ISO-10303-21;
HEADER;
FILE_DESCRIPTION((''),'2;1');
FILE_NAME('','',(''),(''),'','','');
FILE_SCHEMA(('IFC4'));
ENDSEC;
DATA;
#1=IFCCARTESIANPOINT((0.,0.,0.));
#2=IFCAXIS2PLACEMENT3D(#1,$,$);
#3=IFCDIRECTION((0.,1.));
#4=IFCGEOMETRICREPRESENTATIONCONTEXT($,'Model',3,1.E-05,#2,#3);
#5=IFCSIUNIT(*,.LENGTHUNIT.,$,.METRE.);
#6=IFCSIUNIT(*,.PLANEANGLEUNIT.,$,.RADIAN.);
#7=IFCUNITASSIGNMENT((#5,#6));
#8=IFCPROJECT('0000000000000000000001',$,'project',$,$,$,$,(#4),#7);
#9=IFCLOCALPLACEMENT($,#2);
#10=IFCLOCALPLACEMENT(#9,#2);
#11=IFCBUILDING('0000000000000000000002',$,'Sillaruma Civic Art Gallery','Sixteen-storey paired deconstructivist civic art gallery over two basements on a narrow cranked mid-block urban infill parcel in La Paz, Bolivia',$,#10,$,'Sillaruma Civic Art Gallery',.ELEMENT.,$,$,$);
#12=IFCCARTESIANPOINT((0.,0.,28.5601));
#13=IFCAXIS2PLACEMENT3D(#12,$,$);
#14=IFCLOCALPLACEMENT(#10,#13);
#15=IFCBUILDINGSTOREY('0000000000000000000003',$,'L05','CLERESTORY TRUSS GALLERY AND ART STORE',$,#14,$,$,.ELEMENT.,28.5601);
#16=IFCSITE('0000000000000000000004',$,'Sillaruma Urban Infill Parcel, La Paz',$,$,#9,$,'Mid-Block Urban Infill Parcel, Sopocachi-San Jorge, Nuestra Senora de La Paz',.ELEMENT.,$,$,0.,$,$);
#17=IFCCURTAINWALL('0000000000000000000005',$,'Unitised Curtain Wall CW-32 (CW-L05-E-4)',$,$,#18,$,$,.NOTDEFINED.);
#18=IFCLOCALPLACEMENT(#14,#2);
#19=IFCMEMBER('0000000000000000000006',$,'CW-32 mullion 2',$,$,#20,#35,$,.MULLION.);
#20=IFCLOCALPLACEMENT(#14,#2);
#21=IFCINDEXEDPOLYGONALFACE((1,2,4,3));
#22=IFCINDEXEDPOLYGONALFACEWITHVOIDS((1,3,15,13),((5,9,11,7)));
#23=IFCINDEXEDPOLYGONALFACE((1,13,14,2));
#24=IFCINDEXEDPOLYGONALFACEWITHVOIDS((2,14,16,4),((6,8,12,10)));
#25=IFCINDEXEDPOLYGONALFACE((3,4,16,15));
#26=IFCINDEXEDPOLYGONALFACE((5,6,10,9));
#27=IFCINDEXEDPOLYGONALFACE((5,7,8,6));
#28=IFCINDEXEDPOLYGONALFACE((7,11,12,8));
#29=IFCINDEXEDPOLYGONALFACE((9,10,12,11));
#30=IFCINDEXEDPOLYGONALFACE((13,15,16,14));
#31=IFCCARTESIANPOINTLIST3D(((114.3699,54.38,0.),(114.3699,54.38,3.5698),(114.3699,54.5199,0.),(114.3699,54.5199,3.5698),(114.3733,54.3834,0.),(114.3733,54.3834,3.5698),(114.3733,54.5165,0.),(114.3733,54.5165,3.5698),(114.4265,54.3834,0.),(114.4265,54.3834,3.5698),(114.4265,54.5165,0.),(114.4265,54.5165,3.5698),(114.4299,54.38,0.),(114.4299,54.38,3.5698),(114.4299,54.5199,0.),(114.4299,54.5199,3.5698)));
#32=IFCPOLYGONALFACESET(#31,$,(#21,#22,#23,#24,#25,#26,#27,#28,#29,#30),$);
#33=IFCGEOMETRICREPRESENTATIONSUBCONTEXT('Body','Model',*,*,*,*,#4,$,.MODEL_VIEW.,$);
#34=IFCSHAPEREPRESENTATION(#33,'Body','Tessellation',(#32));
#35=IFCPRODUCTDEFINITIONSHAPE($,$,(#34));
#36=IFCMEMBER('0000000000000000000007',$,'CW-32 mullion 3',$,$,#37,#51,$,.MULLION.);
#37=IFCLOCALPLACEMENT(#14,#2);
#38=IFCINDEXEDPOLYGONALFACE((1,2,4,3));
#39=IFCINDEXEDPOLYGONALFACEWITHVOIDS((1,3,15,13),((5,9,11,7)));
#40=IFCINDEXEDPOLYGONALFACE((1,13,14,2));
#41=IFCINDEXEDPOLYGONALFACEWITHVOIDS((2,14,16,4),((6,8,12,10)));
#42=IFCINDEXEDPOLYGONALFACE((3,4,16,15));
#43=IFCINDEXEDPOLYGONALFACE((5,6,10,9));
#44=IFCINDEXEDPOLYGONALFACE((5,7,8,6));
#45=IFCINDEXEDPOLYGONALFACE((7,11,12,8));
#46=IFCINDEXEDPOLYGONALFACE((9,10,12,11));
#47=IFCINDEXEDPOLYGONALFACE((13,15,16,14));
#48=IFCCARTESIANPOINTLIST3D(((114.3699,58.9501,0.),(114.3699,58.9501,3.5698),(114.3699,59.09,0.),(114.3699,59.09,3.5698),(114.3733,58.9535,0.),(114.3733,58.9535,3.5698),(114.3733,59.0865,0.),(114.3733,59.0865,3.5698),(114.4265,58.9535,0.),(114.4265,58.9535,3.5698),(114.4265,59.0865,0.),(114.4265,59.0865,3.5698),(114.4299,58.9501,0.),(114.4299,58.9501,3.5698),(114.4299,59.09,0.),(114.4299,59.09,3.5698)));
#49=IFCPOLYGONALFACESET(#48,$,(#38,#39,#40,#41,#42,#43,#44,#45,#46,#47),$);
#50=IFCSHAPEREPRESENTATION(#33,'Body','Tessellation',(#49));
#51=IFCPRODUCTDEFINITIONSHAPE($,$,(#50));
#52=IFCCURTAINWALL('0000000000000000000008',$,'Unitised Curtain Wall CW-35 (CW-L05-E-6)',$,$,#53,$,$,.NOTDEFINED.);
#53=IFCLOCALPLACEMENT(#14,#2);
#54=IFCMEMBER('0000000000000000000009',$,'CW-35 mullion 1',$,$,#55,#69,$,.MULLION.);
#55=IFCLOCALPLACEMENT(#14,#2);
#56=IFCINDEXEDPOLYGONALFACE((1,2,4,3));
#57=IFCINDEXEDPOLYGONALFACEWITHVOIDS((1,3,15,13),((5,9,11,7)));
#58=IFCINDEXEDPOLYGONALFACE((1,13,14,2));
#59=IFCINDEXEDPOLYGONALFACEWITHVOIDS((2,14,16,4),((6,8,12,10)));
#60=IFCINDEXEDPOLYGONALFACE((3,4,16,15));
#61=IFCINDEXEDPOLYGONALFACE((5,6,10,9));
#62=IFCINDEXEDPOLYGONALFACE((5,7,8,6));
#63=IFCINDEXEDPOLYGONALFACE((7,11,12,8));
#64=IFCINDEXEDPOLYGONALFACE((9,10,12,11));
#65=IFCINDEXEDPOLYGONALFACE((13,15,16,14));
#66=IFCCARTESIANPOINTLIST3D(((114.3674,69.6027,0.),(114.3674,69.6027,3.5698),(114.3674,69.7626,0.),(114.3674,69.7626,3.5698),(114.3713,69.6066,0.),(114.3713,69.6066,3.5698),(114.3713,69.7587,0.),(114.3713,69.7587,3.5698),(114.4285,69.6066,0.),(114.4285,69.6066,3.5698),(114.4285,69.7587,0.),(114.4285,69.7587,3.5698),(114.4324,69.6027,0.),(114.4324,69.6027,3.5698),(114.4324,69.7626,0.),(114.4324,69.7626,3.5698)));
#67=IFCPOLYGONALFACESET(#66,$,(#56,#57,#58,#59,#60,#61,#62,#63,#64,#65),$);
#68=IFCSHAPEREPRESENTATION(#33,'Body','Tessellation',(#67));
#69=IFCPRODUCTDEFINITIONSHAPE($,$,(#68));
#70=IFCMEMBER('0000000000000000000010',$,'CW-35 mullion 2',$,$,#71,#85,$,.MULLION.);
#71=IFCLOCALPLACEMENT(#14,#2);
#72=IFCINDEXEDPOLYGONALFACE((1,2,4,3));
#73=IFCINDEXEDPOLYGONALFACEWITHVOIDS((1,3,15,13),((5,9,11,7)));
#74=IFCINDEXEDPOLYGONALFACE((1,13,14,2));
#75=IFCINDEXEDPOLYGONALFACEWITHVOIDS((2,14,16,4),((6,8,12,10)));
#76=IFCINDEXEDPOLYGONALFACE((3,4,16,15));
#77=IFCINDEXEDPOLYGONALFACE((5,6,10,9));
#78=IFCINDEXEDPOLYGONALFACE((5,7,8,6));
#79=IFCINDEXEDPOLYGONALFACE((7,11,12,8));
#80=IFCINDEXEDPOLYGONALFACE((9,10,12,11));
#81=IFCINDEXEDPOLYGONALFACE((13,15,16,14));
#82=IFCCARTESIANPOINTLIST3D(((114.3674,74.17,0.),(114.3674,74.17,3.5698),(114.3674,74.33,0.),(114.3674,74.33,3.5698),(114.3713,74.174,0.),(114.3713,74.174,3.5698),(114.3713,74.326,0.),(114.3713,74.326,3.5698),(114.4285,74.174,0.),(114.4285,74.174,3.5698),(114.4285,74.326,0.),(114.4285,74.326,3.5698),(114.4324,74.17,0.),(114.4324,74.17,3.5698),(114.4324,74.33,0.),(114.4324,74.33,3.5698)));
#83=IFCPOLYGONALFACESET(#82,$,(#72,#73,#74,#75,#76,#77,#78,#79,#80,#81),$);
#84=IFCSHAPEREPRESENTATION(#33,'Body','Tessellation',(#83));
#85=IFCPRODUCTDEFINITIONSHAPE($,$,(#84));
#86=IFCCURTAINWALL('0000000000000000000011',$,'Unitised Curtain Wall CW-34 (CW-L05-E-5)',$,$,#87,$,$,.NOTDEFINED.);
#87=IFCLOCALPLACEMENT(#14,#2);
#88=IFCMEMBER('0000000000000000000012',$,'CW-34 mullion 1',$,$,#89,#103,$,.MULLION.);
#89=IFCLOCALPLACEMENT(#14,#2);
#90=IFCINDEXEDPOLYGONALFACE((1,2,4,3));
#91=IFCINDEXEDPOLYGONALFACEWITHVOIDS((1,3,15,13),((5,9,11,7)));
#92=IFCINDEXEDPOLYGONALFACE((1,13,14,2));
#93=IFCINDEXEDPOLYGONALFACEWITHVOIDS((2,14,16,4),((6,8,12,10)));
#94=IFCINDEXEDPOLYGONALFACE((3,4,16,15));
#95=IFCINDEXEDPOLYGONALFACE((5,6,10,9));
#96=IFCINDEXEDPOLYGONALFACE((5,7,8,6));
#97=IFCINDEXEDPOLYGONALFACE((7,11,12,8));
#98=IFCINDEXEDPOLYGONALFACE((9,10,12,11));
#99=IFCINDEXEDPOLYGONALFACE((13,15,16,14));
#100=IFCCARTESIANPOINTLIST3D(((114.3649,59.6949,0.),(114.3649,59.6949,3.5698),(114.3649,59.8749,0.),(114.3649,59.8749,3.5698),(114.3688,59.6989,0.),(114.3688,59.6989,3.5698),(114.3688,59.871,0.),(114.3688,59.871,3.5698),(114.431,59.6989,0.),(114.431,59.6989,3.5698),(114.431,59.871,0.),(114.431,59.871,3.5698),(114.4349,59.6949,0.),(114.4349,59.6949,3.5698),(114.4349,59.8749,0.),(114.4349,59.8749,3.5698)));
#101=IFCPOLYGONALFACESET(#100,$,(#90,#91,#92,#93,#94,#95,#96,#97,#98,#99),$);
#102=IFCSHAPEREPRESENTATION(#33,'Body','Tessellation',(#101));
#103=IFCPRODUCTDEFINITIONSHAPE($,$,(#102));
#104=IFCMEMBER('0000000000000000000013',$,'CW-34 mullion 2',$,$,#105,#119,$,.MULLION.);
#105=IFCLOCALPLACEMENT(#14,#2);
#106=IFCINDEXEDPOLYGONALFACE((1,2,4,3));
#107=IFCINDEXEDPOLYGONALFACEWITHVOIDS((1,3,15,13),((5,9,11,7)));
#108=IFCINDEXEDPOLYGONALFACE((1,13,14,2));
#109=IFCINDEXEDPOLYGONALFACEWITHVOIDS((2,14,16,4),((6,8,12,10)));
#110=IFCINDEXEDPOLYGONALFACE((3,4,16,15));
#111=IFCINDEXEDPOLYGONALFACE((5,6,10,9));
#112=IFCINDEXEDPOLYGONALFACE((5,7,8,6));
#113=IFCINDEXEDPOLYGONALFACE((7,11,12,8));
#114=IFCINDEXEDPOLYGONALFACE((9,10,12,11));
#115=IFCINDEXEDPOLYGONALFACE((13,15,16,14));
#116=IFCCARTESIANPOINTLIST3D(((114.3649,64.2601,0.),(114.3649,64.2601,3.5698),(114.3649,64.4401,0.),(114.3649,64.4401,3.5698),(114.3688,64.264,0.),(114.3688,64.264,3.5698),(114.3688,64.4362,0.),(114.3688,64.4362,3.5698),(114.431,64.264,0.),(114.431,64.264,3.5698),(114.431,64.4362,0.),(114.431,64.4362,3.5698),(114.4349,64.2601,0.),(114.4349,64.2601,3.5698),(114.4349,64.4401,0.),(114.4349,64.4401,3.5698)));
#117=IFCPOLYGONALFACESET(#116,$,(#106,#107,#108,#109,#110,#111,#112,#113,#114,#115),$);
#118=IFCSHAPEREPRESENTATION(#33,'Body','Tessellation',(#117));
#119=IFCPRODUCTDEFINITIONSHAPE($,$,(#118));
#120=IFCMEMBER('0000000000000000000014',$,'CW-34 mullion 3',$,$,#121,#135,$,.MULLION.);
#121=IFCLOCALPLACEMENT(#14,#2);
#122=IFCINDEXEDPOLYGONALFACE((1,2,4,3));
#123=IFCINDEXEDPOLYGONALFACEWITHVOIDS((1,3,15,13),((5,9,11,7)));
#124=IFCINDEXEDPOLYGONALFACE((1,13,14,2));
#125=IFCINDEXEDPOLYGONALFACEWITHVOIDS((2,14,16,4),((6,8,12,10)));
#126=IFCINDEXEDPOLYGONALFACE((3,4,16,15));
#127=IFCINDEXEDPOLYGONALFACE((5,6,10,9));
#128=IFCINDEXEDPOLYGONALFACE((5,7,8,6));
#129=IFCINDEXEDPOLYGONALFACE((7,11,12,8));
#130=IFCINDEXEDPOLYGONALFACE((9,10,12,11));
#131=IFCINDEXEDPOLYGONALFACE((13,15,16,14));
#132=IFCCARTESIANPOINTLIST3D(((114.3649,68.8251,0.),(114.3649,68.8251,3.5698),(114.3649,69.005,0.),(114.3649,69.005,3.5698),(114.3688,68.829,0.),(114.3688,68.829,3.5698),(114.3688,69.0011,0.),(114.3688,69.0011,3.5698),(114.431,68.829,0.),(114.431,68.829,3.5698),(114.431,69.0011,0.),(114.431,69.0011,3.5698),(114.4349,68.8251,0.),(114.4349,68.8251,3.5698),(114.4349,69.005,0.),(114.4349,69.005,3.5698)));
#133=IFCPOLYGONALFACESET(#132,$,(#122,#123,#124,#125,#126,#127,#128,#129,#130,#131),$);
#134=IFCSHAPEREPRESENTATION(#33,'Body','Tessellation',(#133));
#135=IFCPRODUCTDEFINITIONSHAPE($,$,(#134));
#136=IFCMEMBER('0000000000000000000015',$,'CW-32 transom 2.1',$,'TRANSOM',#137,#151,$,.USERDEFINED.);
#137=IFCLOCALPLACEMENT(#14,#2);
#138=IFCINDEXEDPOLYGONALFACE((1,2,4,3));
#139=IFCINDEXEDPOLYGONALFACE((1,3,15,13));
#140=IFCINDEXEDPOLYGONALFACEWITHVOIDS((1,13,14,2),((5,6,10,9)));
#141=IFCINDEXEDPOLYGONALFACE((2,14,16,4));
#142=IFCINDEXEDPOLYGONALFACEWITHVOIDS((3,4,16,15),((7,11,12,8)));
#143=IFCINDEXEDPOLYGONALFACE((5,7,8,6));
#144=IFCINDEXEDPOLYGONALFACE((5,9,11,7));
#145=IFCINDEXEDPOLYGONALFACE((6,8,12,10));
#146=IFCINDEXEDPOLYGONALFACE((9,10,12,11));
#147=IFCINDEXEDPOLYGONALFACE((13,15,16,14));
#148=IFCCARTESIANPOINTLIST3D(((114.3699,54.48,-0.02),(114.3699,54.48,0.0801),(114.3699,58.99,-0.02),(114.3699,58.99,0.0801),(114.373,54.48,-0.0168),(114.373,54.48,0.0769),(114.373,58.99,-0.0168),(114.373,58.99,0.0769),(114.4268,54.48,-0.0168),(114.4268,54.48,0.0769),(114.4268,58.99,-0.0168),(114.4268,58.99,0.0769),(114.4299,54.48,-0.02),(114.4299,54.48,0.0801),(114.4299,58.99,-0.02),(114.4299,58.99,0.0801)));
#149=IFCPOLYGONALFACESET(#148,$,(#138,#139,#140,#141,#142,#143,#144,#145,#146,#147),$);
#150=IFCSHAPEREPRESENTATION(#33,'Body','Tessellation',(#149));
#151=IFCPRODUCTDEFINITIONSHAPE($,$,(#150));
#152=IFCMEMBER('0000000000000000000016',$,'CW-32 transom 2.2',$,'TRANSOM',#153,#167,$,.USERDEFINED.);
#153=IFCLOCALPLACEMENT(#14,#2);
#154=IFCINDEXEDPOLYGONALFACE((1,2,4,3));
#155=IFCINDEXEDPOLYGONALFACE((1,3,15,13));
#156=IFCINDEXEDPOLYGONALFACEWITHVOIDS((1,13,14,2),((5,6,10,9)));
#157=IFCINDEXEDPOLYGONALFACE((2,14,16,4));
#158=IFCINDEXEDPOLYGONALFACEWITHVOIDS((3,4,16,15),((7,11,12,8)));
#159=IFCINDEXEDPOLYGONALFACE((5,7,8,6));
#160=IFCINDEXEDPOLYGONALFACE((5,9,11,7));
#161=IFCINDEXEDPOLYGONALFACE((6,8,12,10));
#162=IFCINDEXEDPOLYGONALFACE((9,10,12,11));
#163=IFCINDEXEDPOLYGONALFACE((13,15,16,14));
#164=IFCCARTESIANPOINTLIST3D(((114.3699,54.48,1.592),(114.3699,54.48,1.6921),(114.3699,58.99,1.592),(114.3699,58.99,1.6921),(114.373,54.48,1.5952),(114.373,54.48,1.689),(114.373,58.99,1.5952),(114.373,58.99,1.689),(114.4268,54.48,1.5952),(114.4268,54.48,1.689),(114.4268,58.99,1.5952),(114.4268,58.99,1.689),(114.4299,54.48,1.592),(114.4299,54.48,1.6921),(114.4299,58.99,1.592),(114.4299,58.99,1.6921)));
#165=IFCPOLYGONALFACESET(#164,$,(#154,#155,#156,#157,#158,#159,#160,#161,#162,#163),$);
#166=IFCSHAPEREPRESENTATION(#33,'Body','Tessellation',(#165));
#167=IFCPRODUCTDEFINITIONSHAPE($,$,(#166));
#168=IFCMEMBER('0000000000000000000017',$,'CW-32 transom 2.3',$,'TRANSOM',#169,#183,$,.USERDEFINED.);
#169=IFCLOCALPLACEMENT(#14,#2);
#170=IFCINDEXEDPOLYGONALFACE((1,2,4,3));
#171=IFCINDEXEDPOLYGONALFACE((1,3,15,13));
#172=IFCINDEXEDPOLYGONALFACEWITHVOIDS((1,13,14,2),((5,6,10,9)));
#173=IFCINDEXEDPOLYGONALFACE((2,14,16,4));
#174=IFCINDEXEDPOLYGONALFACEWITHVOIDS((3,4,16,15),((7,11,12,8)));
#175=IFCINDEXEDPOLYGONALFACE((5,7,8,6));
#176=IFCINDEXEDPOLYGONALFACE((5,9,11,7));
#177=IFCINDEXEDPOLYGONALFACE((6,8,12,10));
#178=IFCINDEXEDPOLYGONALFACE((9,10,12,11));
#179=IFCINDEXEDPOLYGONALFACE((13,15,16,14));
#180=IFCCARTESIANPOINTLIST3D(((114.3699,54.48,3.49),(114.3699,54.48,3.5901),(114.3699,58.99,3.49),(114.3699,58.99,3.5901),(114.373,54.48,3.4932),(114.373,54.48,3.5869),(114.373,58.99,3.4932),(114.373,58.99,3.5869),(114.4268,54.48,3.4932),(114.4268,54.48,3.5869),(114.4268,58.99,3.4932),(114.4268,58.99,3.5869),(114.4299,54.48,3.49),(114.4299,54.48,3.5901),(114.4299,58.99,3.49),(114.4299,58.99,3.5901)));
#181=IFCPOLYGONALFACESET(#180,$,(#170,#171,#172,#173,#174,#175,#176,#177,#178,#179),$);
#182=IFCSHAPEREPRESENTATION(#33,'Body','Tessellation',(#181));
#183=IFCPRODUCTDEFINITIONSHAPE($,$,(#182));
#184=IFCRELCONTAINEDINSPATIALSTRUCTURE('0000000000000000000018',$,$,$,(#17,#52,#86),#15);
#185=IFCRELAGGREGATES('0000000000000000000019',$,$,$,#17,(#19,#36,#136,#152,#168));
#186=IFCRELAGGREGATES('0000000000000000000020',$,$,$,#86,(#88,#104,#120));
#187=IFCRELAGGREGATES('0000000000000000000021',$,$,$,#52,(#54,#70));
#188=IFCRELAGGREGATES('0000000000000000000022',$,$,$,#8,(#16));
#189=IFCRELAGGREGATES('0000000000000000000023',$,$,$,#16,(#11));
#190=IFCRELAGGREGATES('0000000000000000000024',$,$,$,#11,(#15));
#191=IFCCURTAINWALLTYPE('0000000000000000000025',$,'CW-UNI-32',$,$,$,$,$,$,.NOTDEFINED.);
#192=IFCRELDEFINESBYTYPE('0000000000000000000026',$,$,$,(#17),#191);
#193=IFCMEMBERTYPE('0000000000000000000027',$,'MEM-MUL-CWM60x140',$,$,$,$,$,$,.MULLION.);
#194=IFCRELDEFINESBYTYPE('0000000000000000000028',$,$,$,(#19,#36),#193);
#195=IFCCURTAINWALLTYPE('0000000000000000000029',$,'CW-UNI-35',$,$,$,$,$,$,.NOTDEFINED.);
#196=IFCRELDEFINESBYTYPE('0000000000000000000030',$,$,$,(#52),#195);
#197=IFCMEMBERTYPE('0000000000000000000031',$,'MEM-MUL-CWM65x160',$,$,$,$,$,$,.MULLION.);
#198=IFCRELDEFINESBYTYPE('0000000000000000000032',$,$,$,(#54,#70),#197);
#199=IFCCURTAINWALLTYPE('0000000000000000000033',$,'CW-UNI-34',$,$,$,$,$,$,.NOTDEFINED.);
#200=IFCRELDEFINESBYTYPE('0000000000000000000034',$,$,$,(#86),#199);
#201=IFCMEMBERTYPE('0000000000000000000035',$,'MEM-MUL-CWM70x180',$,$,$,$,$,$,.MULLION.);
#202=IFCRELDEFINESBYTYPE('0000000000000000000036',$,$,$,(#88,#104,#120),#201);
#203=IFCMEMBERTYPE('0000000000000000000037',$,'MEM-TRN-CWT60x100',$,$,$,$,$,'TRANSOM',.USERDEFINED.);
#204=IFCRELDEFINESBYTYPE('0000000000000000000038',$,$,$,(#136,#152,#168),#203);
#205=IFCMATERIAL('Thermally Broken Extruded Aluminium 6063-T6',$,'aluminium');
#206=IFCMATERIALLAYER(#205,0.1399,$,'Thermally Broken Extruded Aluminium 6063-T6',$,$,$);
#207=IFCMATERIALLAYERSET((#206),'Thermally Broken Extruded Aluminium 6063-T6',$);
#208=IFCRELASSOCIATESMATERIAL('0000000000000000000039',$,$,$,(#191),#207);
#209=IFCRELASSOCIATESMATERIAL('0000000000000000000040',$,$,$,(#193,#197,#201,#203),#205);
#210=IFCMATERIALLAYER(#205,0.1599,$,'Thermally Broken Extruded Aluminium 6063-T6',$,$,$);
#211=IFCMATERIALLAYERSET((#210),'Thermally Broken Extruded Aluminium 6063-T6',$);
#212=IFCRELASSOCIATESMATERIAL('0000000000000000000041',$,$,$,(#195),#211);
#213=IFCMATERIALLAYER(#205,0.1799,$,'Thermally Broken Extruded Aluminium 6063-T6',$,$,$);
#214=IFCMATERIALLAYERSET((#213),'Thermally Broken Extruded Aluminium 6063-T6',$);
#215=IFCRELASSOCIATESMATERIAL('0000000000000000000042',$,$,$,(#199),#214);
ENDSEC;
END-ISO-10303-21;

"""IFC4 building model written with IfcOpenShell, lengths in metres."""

from ifc_helpers import new_model, si_unit, direction, frame, origin, origin_2d, place, context, subcontext, project, spatial, hollow_rectangle, extrude, material, layer, layer_set, material_profile, profile_set, type_object, element, aggregate, save


model = new_model("IFC4")

# Units and contexts
model_context = context("Model", 3, precision=1e-05, world=origin(), true_north=direction((0.0, 1.0)))
body_context = subcontext(model_context, "Body", "Model", "MODEL_VIEW")
ifc_project = project(units=[si_unit("LENGTHUNIT", "METRE"), si_unit("PLANEANGLEUNIT", "RADIAN")], contexts=[model_context])

# Site, building, storey
site_placement = place(None, origin())
site = spatial("IfcSite", under=ifc_project, at=site_placement, Name="Sillaruma Urban Infill Parcel, La Paz", LongName="Mid-Block Urban Infill Parcel, Sopocachi-San Jorge, Nuestra Senora de La Paz", CompositionType="ELEMENT", RefElevation=0.0)
building_placement = place(site_placement, origin())
building = spatial("IfcBuilding", under=site, at=building_placement, Name="Sillaruma Civic Art Gallery", Description="Sixteen-storey paired deconstructivist civic art gallery over two basements on a narrow cranked mid-block urban infill parcel in La Paz, Bolivia", LongName="Sillaruma Civic Art Gallery", CompositionType="ELEMENT")
storey_placement = place(building_placement, frame((0.0, 0.0, 28.5601)))
storey = spatial("IfcBuildingStorey", under=building, at=storey_placement, Name="L05", Description="CLERESTORY TRUSS GALLERY AND ART STORE", CompositionType="ELEMENT", Elevation=28.5601)

# Curtain walls, members
ifc_material_1 = material(Name="Thermally Broken Extruded Aluminium 6063-T6", Category="aluminium")
ifc_layer_1 = layer(ifc_material_1, 0.1399, Name="Thermally Broken Extruded Aluminium 6063-T6")
ifc_layer_set_1 = layer_set([ifc_layer_1], Name="Thermally Broken Extruded Aluminium 6063-T6")
curtain_wall_type_1 = type_object("IfcCurtainWallType", Name="CW-UNI-32", PredefinedType="NOTDEFINED", material=ifc_layer_set_1)
curtain_wall_1_placement = place(storey_placement, origin())
curtain_wall_1 = element("IfcCurtainWall", 1, at=curtain_wall_1_placement, inside=storey, type_object=curtain_wall_type_1, Name="Unitised Curtain Wall CW-32 (CW-L05-E-4)", PredefinedType="NOTDEFINED")
ifc_material_profile_1 = material_profile(ifc_material_1, hollow_rectangle(XDim=0.0601, YDim=0.1399, WallThickness=0.0034, at=origin_2d()), Name="CWM60x140")
ifc_profile_set_1 = profile_set([ifc_material_profile_1], Name="Thermally Broken Extruded Aluminium 6063-T6")
member_type_1 = type_object("IfcMemberType", Name="MEM-MUL-CWM60x140", PredefinedType="MULLION", material=ifc_profile_set_1)
member_1_placement = place(storey_placement, frame((114.3999, 54.45, 0.0), z_axis=(0.0, 0.0, 1.0), x_axis=(-1.0, 0.0, 0.0)))
member_1 = element("IfcMember", 2, at=member_1_placement, type_object=member_type_1, Name="CW-32 mullion 2", PredefinedType="MULLION", context=body_context, shape_type="SweptSolid", body=[
    extrude(hollow_rectangle(XDim=0.0601, YDim=0.1399, WallThickness=0.0034, at=origin_2d()), origin(), (0.0, 0.0, 1.0), 3.5698),
])
member_2_placement = place(storey_placement, frame((114.3999, 59.02, 0.0), z_axis=(0.0, 0.0, 1.0), x_axis=(-1.0, 0.0, 0.0)))
member_2 = element("IfcMember", 3, at=member_2_placement, type_object=member_type_1, Name="CW-32 mullion 3", PredefinedType="MULLION", context=body_context, shape_type="SweptSolid", body=[
    extrude(hollow_rectangle(XDim=0.0601, YDim=0.1399, WallThickness=0.0034, at=origin_2d()), origin(), (0.0, 0.0, 1.0), 3.5698),
])
ifc_layer_2 = layer(ifc_material_1, 0.1599, Name="Thermally Broken Extruded Aluminium 6063-T6")
ifc_layer_set_2 = layer_set([ifc_layer_2], Name="Thermally Broken Extruded Aluminium 6063-T6")
curtain_wall_type_2 = type_object("IfcCurtainWallType", Name="CW-UNI-35", PredefinedType="NOTDEFINED", material=ifc_layer_set_2)
curtain_wall_2_placement = place(storey_placement, origin())
curtain_wall_2 = element("IfcCurtainWall", 4, at=curtain_wall_2_placement, inside=storey, type_object=curtain_wall_type_2, Name="Unitised Curtain Wall CW-35 (CW-L05-E-6)", PredefinedType="NOTDEFINED")
ifc_material_profile_2 = material_profile(ifc_material_1, hollow_rectangle(XDim=0.0649, YDim=0.1599, WallThickness=0.0039, at=origin_2d()), Name="CWM65x160")
ifc_profile_set_2 = profile_set([ifc_material_profile_2], Name="Thermally Broken Extruded Aluminium 6063-T6")
member_type_2 = type_object("IfcMemberType", Name="MEM-MUL-CWM65x160", PredefinedType="MULLION", material=ifc_profile_set_2)
member_3_placement = place(storey_placement, frame((114.3999, 69.6826, 0.0), z_axis=(0.0, 0.0, 1.0), x_axis=(-1.0, 0.0, 0.0)))
member_3 = element("IfcMember", 5, at=member_3_placement, type_object=member_type_2, Name="CW-35 mullion 1", PredefinedType="MULLION", context=body_context, shape_type="SweptSolid", body=[
    extrude(hollow_rectangle(XDim=0.0649, YDim=0.1599, WallThickness=0.0039, at=origin_2d()), origin(), (0.0, 0.0, 1.0), 3.5698),
])
member_4_placement = place(storey_placement, frame((114.3999, 74.25, 0.0), z_axis=(0.0, 0.0, 1.0), x_axis=(-1.0, 0.0, 0.0)))
member_4 = element("IfcMember", 6, at=member_4_placement, type_object=member_type_2, Name="CW-35 mullion 2", PredefinedType="MULLION", context=body_context, shape_type="SweptSolid", body=[
    extrude(hollow_rectangle(XDim=0.0649, YDim=0.1599, WallThickness=0.0039, at=origin_2d()), origin(), (0.0, 0.0, 1.0), 3.5698),
])
ifc_layer_3 = layer(ifc_material_1, 0.1799, Name="Thermally Broken Extruded Aluminium 6063-T6")
ifc_layer_set_3 = layer_set([ifc_layer_3], Name="Thermally Broken Extruded Aluminium 6063-T6")
curtain_wall_type_3 = type_object("IfcCurtainWallType", Name="CW-UNI-34", PredefinedType="NOTDEFINED", material=ifc_layer_set_3)
curtain_wall_3_placement = place(storey_placement, origin())
curtain_wall_3 = element("IfcCurtainWall", 7, at=curtain_wall_3_placement, inside=storey, type_object=curtain_wall_type_3, Name="Unitised Curtain Wall CW-34 (CW-L05-E-5)", PredefinedType="NOTDEFINED")
ifc_material_profile_3 = material_profile(ifc_material_1, hollow_rectangle(XDim=0.0701, YDim=0.1799, WallThickness=0.0039, at=origin_2d()), Name="CWM70x180")
ifc_profile_set_3 = profile_set([ifc_material_profile_3], Name="Thermally Broken Extruded Aluminium 6063-T6")
member_type_3 = type_object("IfcMemberType", Name="MEM-MUL-CWM70x180", PredefinedType="MULLION", material=ifc_profile_set_3)
member_5_placement = place(storey_placement, frame((114.3999, 59.7849, 0.0), z_axis=(0.0, 0.0, 1.0), x_axis=(-1.0, 0.0, 0.0)))
member_5 = element("IfcMember", 8, at=member_5_placement, type_object=member_type_3, Name="CW-34 mullion 1", PredefinedType="MULLION", context=body_context, shape_type="SweptSolid", body=[
    extrude(hollow_rectangle(XDim=0.0701, YDim=0.1799, WallThickness=0.0039, at=origin_2d()), origin(), (0.0, 0.0, 1.0), 3.5698),
])
member_6_placement = place(storey_placement, frame((114.3999, 64.3501, 0.0), z_axis=(0.0, 0.0, 1.0), x_axis=(-1.0, 0.0, 0.0)))
member_6 = element("IfcMember", 9, at=member_6_placement, type_object=member_type_3, Name="CW-34 mullion 2", PredefinedType="MULLION", context=body_context, shape_type="SweptSolid", body=[
    extrude(hollow_rectangle(XDim=0.0701, YDim=0.1799, WallThickness=0.0039, at=origin_2d()), origin(), (0.0, 0.0, 1.0), 3.5698),
])
member_7_placement = place(storey_placement, frame((114.3999, 68.915, 0.0), z_axis=(0.0, 0.0, 1.0), x_axis=(-1.0, 0.0, 0.0)))
member_7 = element("IfcMember", 10, at=member_7_placement, type_object=member_type_3, Name="CW-34 mullion 3", PredefinedType="MULLION", context=body_context, shape_type="SweptSolid", body=[
    extrude(hollow_rectangle(XDim=0.0701, YDim=0.1799, WallThickness=0.0039, at=origin_2d()), origin(), (0.0, 0.0, 1.0), 3.5698),
])

# Members
ifc_material_profile_4 = material_profile(ifc_material_1, hollow_rectangle(XDim=0.0601, YDim=0.1001, WallThickness=0.0032, at=origin_2d()), Name="CWT60x100")
ifc_profile_set_4 = profile_set([ifc_material_profile_4], Name="Thermally Broken Extruded Aluminium 6063-T6")
member_type_4 = type_object("IfcMemberType", Name="MEM-TRN-CWT60x100", ElementType="TRANSOM", PredefinedType="USERDEFINED", material=ifc_profile_set_4)
member_8_placement = place(storey_placement, frame((114.3999, 54.48, 0.03), z_axis=(0.0, 1.0, 0.0), x_axis=(-1.0, 0.0, 0.0)))
member_8 = element("IfcMember", 11, at=member_8_placement, type_object=member_type_4, Name="CW-32 transom 2.1", ObjectType="TRANSOM", PredefinedType="USERDEFINED", context=body_context, shape_type="SweptSolid", body=[
    extrude(hollow_rectangle(XDim=0.0601, YDim=0.1001, WallThickness=0.0032, at=origin_2d()), origin(), (0.0, 0.0, 1.0), 4.51),
])
member_9_placement = place(storey_placement, frame((114.3999, 54.48, 1.6421), z_axis=(0.0, 1.0, 0.0), x_axis=(-1.0, 0.0, 0.0)))
member_9 = element("IfcMember", 12, at=member_9_placement, type_object=member_type_4, Name="CW-32 transom 2.2", ObjectType="TRANSOM", PredefinedType="USERDEFINED", context=body_context, shape_type="SweptSolid", body=[
    extrude(hollow_rectangle(XDim=0.0601, YDim=0.1001, WallThickness=0.0032, at=origin_2d()), origin(), (0.0, 0.0, 1.0), 4.51),
])
member_10_placement = place(storey_placement, frame((114.3999, 54.48, 3.54), z_axis=(0.0, 1.0, 0.0), x_axis=(-1.0, 0.0, 0.0)))
member_10 = element("IfcMember", 13, at=member_10_placement, type_object=member_type_4, Name="CW-32 transom 2.3", ObjectType="TRANSOM", PredefinedType="USERDEFINED", context=body_context, shape_type="SweptSolid", body=[
    extrude(hollow_rectangle(XDim=0.0601, YDim=0.1001, WallThickness=0.0032, at=origin_2d()), origin(), (0.0, 0.0, 1.0), 4.51),
])

aggregate(curtain_wall_1, [member_1, member_2, member_8, member_9, member_10])
aggregate(curtain_wall_3, [member_5, member_6, member_7])
aggregate(curtain_wall_2, [member_3, member_4])

save(model, "model.ifc")
